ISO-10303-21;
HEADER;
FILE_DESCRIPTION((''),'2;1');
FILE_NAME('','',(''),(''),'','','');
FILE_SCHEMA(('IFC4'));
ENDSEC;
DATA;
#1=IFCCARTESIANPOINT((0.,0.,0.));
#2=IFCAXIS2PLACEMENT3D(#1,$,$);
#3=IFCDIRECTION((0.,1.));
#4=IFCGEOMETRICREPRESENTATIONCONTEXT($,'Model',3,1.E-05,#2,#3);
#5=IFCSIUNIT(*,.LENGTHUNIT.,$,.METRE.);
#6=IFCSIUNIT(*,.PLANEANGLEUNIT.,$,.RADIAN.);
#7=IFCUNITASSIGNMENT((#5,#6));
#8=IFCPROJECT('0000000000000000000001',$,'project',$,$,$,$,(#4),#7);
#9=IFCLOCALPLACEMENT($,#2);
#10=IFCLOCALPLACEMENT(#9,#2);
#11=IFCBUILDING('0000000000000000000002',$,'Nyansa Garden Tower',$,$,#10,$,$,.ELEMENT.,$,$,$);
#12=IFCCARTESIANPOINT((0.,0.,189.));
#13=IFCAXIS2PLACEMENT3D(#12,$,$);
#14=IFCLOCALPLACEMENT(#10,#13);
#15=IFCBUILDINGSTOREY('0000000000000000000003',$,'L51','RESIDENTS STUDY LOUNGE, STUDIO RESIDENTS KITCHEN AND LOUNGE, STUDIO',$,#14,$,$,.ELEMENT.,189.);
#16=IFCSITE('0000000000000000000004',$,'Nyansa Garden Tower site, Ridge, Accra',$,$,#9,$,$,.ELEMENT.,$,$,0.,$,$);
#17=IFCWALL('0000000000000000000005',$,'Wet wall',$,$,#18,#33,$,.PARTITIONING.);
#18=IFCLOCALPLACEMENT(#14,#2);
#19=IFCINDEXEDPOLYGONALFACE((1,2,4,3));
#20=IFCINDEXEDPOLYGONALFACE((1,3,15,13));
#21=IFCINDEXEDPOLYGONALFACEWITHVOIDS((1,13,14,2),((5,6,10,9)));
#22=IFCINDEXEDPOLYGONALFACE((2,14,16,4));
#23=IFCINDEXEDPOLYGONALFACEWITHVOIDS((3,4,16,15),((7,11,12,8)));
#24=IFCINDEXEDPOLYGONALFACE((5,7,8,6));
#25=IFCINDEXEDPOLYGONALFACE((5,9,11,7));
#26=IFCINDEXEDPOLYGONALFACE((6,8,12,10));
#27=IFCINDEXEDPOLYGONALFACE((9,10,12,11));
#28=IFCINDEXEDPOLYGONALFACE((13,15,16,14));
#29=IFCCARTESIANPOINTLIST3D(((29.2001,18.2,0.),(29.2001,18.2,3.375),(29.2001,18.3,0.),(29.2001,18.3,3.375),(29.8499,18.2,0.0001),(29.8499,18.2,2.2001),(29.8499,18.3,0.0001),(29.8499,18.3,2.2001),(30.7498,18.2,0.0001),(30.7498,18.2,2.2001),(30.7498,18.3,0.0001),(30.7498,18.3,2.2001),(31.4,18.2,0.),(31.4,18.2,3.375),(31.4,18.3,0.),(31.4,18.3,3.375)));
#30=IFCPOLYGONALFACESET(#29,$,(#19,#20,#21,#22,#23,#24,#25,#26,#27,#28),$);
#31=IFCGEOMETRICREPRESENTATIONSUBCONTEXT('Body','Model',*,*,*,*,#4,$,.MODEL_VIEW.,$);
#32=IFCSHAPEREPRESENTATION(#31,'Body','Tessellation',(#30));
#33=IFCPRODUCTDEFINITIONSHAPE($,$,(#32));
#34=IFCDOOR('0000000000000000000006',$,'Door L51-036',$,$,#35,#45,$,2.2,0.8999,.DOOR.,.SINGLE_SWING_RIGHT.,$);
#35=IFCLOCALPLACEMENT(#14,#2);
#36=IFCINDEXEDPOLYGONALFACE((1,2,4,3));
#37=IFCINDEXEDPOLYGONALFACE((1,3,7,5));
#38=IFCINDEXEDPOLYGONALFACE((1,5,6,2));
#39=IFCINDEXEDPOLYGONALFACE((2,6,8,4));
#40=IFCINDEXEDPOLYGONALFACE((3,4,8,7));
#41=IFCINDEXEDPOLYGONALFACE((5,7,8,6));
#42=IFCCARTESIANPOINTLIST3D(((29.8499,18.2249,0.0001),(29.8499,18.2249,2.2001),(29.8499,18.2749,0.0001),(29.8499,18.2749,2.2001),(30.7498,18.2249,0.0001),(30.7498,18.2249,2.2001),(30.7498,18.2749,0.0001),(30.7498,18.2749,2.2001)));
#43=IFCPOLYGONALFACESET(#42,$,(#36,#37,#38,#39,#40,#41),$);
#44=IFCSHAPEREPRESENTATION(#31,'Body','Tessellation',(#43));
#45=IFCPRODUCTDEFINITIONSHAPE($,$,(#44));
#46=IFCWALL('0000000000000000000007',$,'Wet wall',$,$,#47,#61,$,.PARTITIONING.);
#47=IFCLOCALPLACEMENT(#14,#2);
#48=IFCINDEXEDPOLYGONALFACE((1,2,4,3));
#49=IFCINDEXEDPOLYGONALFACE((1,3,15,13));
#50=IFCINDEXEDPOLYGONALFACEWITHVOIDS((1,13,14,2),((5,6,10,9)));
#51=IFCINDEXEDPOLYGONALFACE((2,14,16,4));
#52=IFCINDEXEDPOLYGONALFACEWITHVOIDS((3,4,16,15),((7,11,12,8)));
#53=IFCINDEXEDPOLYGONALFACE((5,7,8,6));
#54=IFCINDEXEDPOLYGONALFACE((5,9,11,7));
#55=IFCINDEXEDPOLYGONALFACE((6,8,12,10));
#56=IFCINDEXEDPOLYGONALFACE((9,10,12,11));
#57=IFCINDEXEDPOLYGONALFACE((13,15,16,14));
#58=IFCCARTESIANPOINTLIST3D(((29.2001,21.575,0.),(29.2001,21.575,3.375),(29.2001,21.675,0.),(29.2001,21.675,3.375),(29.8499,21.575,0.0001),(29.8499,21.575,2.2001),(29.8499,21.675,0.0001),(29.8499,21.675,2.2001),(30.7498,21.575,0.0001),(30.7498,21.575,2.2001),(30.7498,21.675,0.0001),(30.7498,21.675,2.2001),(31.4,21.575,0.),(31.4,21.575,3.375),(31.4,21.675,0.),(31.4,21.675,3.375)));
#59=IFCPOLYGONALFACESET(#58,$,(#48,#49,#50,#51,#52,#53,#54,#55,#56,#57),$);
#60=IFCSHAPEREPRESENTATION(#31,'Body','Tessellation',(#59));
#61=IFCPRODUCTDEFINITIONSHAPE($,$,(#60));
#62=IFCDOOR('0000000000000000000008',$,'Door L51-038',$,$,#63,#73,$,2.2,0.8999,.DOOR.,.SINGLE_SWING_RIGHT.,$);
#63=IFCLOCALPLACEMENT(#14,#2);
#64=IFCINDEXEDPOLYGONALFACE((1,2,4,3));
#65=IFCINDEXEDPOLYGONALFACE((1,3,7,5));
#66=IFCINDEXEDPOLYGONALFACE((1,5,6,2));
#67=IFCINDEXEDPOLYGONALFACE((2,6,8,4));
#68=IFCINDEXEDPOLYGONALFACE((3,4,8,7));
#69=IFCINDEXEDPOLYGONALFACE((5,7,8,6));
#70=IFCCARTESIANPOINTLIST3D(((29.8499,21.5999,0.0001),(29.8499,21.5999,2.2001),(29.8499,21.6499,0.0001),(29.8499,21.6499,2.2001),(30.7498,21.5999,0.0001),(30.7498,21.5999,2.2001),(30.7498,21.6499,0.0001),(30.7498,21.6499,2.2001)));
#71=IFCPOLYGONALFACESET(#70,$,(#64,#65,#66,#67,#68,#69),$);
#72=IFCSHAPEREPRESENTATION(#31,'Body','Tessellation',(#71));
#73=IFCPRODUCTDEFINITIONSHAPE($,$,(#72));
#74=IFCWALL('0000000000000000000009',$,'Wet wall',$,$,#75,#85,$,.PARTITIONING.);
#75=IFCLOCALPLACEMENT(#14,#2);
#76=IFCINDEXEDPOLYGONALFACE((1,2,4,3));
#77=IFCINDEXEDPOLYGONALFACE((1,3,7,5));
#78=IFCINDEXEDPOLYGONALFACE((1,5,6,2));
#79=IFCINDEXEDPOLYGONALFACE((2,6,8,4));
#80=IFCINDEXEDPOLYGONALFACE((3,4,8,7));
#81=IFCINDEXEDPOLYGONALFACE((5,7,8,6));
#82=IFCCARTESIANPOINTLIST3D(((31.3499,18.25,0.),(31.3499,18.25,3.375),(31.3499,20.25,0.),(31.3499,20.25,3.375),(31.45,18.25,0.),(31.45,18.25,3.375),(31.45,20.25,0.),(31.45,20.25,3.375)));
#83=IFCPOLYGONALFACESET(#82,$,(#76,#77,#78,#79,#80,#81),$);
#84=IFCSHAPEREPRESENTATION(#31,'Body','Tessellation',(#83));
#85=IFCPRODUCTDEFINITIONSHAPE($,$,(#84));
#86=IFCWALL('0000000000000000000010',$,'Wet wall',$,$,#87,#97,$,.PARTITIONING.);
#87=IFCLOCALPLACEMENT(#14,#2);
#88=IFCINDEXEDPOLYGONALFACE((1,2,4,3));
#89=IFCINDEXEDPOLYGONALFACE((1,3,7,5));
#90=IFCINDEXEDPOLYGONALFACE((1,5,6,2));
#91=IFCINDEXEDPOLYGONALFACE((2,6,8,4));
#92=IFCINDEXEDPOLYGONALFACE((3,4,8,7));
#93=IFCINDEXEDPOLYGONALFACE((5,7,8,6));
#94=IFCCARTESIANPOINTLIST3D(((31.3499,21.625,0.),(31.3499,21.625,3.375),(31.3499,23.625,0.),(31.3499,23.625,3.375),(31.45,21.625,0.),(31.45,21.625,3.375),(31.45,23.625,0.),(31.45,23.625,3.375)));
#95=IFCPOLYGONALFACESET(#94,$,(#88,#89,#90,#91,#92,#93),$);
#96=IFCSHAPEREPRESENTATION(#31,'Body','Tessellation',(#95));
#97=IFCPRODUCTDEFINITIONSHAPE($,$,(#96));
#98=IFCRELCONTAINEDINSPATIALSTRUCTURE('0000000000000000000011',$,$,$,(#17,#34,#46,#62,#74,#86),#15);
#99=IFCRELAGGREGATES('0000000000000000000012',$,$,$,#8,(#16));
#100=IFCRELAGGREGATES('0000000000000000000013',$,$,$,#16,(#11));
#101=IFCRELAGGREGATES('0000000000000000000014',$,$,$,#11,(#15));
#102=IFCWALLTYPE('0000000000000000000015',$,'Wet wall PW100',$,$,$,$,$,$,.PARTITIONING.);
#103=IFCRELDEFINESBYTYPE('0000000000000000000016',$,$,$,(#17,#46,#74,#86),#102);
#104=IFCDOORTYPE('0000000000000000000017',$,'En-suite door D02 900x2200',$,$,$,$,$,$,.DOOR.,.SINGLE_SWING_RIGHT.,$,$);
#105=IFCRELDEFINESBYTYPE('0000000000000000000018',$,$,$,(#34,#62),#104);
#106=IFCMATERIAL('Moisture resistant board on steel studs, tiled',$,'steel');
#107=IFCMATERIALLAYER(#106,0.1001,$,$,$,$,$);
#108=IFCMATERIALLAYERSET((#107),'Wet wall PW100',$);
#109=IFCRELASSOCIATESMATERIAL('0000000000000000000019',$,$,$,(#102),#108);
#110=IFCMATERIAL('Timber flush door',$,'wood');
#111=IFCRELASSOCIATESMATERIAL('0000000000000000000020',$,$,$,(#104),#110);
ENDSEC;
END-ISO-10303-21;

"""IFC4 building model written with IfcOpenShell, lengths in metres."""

from ifc_helpers import new_model, si_unit, direction, frame, frame_2d, origin, place, context, subcontext, project, spatial, rectangle, extrude, material, layer, layer_set, type_object, element, fill, save


model = new_model("IFC4")

# Units and contexts
model_context = context("Model", 3, precision=1e-05, world=origin(), true_north=direction((0.0, 1.0)))
body_context = subcontext(model_context, "Body", "Model", "MODEL_VIEW")
ifc_project = project(units=[si_unit("LENGTHUNIT", "METRE"), si_unit("PLANEANGLEUNIT", "RADIAN")], contexts=[model_context])

# Site, building, storey
site_placement = place(None, origin())
site = spatial("IfcSite", under=ifc_project, at=site_placement, Name="Nyansa Garden Tower site, Ridge, Accra", CompositionType="ELEMENT", RefElevation=0.0)
building_placement = place(site_placement, origin())
building = spatial("IfcBuilding", under=site, at=building_placement, Name="Nyansa Garden Tower", CompositionType="ELEMENT")
storey_placement = place(building_placement, frame((0.0, 0.0, 189.0)))
storey = spatial("IfcBuildingStorey", under=building, at=storey_placement, Name="L51", Description="RESIDENTS STUDY LOUNGE, STUDIO RESIDENTS KITCHEN AND LOUNGE, STUDIO", CompositionType="ELEMENT", Elevation=189.0)

# Walls, openings, doors
ifc_material_1 = material(Name="Moisture resistant board on steel studs, tiled", Category="steel")
ifc_layer_1 = layer(ifc_material_1, 0.1001)
ifc_layer_set_1 = layer_set([ifc_layer_1], Name="Wet wall PW100")
wall_type_1 = type_object("IfcWallType", Name="Wet wall PW100", PredefinedType="PARTITIONING", material=ifc_layer_set_1)
wall_1_placement = place(storey_placement, frame((29.2, 18.25, 0.0), z_axis=(0.0, 0.0, 1.0), x_axis=(1.0, 0.0, 0.0)))
wall_1 = element("IfcWall", 1, at=wall_1_placement, inside=storey, type_object=wall_type_1, Name="Wet wall", PredefinedType="PARTITIONING", context=body_context, shape_type="SweptSolid", body=[
    extrude(rectangle(XDim=2.2, YDim=0.1001, at=frame_2d((1.1001, 0.0))), origin(), (0.0, 0.0, 1.0), 3.375),
])
opening_1_placement = place(wall_1_placement, frame((0.6499, 0.0, 0.0)))
opening_1 = element("IfcOpeningElement", 2, at=opening_1_placement, cuts=wall_1, PredefinedType="OPENING", context=body_context, shape_type="SweptSolid", body=[
    extrude(rectangle(XDim=0.8999, YDim=2.2, at=frame_2d((0.45, 1.1001))), frame((0.0, 0.0601, 0.0), z_axis=(0.0, -1.0, 0.0), x_axis=(1.0, 0.0, 0.0)), (0.0, 0.0, 1.0), 0.1201),
])
ifc_material_2 = material(Name="Timber flush door", Category="wood")
door_type = type_object("IfcDoorType", Name="En-suite door D02 900x2200", OperationType="SINGLE_SWING_RIGHT", PredefinedType="DOOR", material=ifc_material_2)
door_1_placement = place(opening_1_placement, origin())
door_1 = element("IfcDoor", 3, at=door_1_placement, inside=storey, type_object=door_type, Name="Door L51-036", OperationType="SINGLE_SWING_RIGHT", OverallHeight=2.2, OverallWidth=0.8999, PredefinedType="DOOR", context=body_context, shape_type="SweptSolid", body=[
    extrude(rectangle(XDim=0.8999, YDim=2.2, at=frame_2d((0.45, 1.1001))), frame((0.0, 0.0249, 0.0), z_axis=(0.0, -1.0, 0.0), x_axis=(1.0, 0.0, 0.0)), (0.0, 0.0, 1.0), 0.05),
])
fill(opening_1, door_1)
wall_2_placement = place(storey_placement, frame((29.2, 21.625, 0.0), z_axis=(0.0, 0.0, 1.0), x_axis=(1.0, 0.0, 0.0)))
wall_2 = element("IfcWall", 4, at=wall_2_placement, inside=storey, type_object=wall_type_1, Name="Wet wall", PredefinedType="PARTITIONING", context=body_context, shape_type="SweptSolid", body=[
    extrude(rectangle(XDim=2.2, YDim=0.1001, at=frame_2d((1.1001, 0.0))), origin(), (0.0, 0.0, 1.0), 3.375),
])
opening_2_placement = place(wall_2_placement, frame((0.6499, 0.0, 0.0)))
opening_2 = element("IfcOpeningElement", 5, at=opening_2_placement, cuts=wall_2, PredefinedType="OPENING", context=body_context, shape_type="SweptSolid", body=[
    extrude(rectangle(XDim=0.8999, YDim=2.2, at=frame_2d((0.45, 1.1001))), frame((0.0, 0.0601, 0.0), z_axis=(0.0, -1.0, 0.0), x_axis=(1.0, 0.0, 0.0)), (0.0, 0.0, 1.0), 0.1201),
])
door_2_placement = place(opening_2_placement, origin())
door_2 = element("IfcDoor", 6, at=door_2_placement, inside=storey, type_object=door_type, Name="Door L51-038", OperationType="SINGLE_SWING_RIGHT", OverallHeight=2.2, OverallWidth=0.8999, PredefinedType="DOOR", context=body_context, shape_type="SweptSolid", body=[
    extrude(rectangle(XDim=0.8999, YDim=2.2, at=frame_2d((0.45, 1.1001))), frame((0.0, 0.0249, 0.0), z_axis=(0.0, -1.0, 0.0), x_axis=(1.0, 0.0, 0.0)), (0.0, 0.0, 1.0), 0.05),
])
fill(opening_2, door_2)

# Walls
for number, where, z_axis, x_axis, name in (
    (7, (31.3999, 18.25, 0.0), (0.0, 0.0, 1.0), (0.0, 1.0, 0.0), "Wet wall"),
    (8, (31.3999, 21.625, 0.0), (0.0, 0.0, 1.0), (0.0, 1.0, 0.0), "Wet wall"),
):
    element("IfcWall", number, at=place(storey_placement, frame(where, z_axis=z_axis, x_axis=x_axis)), inside=storey, type_object=wall_type_1, Name=name, PredefinedType="PARTITIONING", context=body_context, shape_type="SweptSolid", body=[
        extrude(rectangle(XDim=2.0, YDim=0.1001, at=frame_2d((1.0, 0.0))), origin(), (0.0, 0.0, 1.0), 3.375),
    ])

save(model, "model.ifc")
